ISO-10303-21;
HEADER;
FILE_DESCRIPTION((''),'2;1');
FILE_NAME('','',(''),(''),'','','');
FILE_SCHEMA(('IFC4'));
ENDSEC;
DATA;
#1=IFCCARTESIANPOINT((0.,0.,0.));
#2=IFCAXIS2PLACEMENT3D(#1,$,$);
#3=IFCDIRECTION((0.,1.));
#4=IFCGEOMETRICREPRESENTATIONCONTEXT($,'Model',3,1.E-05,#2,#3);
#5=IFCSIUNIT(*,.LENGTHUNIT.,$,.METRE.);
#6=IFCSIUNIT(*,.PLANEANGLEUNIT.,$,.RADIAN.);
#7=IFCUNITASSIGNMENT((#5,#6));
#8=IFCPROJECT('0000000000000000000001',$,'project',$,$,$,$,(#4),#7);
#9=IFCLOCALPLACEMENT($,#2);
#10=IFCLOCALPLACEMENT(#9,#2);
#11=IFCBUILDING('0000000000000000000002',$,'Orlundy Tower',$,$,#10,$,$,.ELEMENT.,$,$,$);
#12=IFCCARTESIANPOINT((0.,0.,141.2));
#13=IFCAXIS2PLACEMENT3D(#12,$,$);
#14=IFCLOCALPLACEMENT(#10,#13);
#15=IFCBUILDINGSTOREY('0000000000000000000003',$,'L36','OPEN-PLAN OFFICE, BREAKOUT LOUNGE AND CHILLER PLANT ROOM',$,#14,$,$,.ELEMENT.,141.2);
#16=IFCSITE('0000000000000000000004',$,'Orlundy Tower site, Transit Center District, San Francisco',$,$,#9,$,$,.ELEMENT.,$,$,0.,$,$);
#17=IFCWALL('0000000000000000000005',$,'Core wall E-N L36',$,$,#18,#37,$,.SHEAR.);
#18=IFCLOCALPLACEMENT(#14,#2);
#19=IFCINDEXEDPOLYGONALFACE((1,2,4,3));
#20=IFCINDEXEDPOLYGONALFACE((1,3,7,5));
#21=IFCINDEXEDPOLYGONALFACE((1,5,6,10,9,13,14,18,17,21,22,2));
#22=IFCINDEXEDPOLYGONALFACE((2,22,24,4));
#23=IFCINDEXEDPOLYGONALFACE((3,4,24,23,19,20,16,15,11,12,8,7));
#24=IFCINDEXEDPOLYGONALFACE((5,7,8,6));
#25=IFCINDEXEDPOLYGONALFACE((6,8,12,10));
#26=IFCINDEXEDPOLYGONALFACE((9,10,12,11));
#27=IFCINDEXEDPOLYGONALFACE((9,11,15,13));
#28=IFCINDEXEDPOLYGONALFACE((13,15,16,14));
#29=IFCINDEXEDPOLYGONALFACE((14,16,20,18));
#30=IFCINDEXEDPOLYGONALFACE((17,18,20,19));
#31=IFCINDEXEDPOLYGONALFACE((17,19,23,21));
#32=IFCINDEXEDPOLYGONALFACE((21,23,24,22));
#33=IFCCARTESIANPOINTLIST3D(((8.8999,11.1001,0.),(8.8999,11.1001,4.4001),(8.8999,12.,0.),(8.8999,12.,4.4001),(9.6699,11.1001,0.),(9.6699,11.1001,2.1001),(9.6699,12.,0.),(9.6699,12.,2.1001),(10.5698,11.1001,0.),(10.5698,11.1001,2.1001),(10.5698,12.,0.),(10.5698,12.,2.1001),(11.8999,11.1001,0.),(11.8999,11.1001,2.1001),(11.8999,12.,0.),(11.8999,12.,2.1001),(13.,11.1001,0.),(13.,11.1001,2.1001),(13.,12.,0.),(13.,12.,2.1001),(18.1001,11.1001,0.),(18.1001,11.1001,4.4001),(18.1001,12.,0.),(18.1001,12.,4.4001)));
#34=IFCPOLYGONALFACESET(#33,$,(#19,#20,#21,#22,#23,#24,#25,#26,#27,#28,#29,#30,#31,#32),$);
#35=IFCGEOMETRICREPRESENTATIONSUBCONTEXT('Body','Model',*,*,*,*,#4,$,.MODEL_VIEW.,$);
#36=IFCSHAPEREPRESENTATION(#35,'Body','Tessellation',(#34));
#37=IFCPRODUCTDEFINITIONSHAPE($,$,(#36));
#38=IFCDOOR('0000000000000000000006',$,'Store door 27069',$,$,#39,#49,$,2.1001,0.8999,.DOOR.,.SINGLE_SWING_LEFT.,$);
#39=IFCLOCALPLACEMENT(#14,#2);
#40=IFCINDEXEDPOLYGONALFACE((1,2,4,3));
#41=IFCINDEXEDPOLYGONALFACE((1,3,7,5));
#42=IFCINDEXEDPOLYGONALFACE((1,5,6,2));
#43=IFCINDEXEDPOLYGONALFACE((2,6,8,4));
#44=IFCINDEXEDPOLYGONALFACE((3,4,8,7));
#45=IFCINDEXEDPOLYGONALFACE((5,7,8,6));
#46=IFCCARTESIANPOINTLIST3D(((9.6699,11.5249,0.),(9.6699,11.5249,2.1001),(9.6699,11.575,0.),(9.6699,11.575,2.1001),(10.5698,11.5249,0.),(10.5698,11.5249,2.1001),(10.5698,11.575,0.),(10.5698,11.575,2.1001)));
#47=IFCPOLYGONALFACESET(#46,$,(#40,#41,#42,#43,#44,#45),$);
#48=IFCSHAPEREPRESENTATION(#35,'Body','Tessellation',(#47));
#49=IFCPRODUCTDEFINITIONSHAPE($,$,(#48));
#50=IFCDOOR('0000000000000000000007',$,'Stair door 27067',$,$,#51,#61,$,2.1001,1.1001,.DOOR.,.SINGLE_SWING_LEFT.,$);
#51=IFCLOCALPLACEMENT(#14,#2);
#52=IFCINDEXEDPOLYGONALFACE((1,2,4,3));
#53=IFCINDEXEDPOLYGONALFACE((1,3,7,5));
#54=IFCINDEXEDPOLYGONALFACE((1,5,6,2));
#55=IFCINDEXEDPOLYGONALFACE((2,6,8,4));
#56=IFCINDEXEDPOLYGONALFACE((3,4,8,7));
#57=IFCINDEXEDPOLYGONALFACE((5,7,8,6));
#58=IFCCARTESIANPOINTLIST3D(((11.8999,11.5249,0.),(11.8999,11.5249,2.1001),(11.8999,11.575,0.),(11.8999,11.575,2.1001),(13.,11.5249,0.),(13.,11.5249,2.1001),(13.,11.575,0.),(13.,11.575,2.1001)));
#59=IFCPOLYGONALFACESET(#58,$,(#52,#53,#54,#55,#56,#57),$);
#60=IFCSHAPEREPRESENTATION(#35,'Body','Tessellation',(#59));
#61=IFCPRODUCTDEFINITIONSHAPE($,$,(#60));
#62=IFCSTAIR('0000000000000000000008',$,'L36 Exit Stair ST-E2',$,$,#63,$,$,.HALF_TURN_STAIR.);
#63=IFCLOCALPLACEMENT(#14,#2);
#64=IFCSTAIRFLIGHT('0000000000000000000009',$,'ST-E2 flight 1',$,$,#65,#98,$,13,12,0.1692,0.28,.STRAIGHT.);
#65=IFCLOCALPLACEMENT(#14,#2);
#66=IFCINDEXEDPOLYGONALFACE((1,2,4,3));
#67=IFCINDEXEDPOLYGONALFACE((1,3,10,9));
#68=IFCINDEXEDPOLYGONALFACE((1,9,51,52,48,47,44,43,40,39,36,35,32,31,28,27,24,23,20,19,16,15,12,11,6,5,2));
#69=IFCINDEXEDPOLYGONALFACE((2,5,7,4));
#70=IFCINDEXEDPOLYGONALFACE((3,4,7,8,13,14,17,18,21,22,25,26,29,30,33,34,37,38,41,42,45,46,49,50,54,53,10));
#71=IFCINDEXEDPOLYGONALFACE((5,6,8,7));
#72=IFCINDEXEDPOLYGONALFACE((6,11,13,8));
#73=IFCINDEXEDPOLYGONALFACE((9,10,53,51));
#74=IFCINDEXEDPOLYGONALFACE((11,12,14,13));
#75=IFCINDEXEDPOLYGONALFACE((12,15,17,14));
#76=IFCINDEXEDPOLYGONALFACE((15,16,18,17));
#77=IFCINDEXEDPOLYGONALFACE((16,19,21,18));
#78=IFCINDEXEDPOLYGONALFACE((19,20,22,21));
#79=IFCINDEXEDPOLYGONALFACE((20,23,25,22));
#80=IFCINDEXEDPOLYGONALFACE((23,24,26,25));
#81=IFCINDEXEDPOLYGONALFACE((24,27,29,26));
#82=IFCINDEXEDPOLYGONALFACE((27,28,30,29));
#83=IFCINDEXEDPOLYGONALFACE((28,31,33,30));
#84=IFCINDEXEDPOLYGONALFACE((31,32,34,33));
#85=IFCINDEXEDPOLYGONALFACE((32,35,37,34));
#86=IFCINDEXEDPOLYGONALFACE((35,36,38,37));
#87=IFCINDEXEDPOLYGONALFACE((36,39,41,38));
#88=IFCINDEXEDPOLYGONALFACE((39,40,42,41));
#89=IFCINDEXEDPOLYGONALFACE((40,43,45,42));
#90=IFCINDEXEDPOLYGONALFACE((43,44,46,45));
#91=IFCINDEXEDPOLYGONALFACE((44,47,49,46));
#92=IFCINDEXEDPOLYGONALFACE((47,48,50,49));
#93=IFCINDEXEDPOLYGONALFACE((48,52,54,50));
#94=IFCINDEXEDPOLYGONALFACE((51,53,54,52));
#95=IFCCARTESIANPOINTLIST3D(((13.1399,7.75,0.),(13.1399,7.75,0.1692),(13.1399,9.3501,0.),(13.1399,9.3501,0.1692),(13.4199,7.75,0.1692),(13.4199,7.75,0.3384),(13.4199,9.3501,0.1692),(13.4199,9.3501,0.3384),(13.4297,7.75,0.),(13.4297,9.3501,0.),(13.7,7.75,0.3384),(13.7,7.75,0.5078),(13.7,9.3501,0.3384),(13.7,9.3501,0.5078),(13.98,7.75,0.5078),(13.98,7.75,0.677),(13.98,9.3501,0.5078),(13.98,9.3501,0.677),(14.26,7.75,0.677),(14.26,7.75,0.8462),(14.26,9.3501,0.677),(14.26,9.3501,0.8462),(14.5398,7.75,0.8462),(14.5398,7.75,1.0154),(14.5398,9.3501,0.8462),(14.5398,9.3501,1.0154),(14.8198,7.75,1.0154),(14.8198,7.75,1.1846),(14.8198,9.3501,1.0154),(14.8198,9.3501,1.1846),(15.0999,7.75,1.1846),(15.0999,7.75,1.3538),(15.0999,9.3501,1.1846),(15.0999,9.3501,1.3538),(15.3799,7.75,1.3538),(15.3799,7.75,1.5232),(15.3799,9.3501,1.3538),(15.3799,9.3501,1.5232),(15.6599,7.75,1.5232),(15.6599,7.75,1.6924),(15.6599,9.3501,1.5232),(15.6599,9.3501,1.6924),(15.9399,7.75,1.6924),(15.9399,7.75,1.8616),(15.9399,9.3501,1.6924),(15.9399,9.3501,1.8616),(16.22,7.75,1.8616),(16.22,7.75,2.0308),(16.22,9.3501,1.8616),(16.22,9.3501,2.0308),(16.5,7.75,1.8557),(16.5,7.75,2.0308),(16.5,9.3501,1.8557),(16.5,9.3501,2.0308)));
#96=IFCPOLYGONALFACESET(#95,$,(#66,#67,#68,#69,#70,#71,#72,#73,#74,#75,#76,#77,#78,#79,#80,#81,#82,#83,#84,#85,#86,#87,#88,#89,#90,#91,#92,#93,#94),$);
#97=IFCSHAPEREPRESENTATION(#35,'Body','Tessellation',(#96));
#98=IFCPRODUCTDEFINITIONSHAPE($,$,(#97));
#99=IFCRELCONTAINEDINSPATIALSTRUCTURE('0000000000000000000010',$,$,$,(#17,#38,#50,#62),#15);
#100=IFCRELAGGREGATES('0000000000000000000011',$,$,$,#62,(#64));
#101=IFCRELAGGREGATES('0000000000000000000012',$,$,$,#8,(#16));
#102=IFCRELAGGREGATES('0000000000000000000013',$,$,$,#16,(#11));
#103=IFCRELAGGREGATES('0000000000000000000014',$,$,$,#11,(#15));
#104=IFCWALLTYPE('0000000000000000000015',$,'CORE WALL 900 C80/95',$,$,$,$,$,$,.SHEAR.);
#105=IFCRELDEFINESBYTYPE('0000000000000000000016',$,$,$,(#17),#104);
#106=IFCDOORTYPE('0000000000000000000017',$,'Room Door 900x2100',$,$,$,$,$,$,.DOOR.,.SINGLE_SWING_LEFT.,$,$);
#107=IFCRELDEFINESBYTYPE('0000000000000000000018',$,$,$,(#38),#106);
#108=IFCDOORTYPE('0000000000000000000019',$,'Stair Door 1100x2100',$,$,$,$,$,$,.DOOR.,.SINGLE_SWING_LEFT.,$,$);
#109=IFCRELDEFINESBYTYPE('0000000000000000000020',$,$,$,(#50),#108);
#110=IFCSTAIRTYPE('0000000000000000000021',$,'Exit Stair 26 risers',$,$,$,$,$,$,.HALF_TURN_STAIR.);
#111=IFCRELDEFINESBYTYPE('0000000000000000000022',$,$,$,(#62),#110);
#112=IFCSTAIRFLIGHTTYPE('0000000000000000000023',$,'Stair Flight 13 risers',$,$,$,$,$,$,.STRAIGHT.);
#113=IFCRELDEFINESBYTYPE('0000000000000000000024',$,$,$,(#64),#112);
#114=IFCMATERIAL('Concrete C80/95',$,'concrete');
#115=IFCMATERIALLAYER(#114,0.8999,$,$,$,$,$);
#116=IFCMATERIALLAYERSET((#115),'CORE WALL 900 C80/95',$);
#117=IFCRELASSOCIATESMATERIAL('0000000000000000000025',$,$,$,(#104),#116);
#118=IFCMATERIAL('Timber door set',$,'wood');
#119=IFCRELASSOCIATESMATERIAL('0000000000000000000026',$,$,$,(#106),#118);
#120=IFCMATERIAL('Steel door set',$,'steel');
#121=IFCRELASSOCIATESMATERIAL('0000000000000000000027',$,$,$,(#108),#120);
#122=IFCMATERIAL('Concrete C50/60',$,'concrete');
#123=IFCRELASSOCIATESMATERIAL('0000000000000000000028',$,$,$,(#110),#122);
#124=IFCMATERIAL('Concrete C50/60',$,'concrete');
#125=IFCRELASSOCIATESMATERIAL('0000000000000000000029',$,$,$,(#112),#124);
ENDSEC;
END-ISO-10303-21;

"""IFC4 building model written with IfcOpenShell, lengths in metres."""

from ifc_helpers import new_model, si_unit, direction, frame, frame_2d, origin, place, context, subcontext, project, spatial, polyline, rectangle, outline, extrude, material, layer, layer_set, type_object, element, fill, aggregate, save


model = new_model("IFC4")

# Units and contexts
model_context = context("Model", 3, precision=1e-05, world=origin(), true_north=direction((0.0, 1.0)))
body_context = subcontext(model_context, "Body", "Model", "MODEL_VIEW")
ifc_project = project(units=[si_unit("LENGTHUNIT", "METRE"), si_unit("PLANEANGLEUNIT", "RADIAN")], contexts=[model_context])

# Site, building, storey
site_placement = place(None, origin())
site = spatial("IfcSite", under=ifc_project, at=site_placement, Name="Orlundy Tower site, Transit Center District, San Francisco", CompositionType="ELEMENT", RefElevation=0.0)
building_placement = place(site_placement, origin())
building = spatial("IfcBuilding", under=site, at=building_placement, Name="Orlundy Tower", CompositionType="ELEMENT")
storey_placement = place(building_placement, frame((0.0, 0.0, 141.2)))
storey = spatial("IfcBuildingStorey", under=building, at=storey_placement, Name="L36", Description="OPEN-PLAN OFFICE, BREAKOUT LOUNGE AND CHILLER PLANT ROOM", CompositionType="ELEMENT", Elevation=141.2)

# Wall, openings, doors
ifc_material_1 = material(Name="Concrete C80/95", Category="concrete")
ifc_layer_1 = layer(ifc_material_1, 0.8999)
ifc_layer_set_1 = layer_set([ifc_layer_1], Name="CORE WALL 900 C80/95")
wall_type = type_object("IfcWallType", Name="CORE WALL 900 C80/95", PredefinedType="SHEAR", material=ifc_layer_set_1)
wall_placement = place(storey_placement, frame((8.8999, 11.55, 0.0), z_axis=(0.0, 0.0, 1.0), x_axis=(1.0, 0.0, 0.0)))
wall = element("IfcWall", 1, at=wall_placement, inside=storey, type_object=wall_type, Name="Core wall E-N L36", PredefinedType="SHEAR", context=body_context, shape_type="SweptSolid", body=[
    extrude(rectangle(XDim=9.2002, YDim=0.8999, at=frame_2d((4.6001, 0.0))), origin(), (0.0, 0.0, 1.0), 4.4001),
])
opening_1_placement = place(wall_placement, frame((3.0, 0.0, 0.0)))
opening_1 = element("IfcOpeningElement", 2, at=opening_1_placement, cuts=wall, PredefinedType="OPENING", context=body_context, shape_type="SweptSolid", body=[
    extrude(rectangle(XDim=1.1001, YDim=2.1001, at=frame_2d((0.55, 1.05))), frame((0.0, 0.46, 0.0), z_axis=(0.0, -1.0, 0.0), x_axis=(1.0, 0.0, 0.0)), (0.0, 0.0, 1.0), 0.9199),
])
opening_2_placement = place(wall_placement, frame((0.77, 0.0, 0.0)))
opening_2 = element("IfcOpeningElement", 3, at=opening_2_placement, cuts=wall, PredefinedType="OPENING", context=body_context, shape_type="SweptSolid", body=[
    extrude(rectangle(XDim=0.8999, YDim=2.1001, at=frame_2d((0.45, 1.05))), frame((0.0, 0.46, 0.0), z_axis=(0.0, -1.0, 0.0), x_axis=(1.0, 0.0, 0.0)), (0.0, 0.0, 1.0), 0.9199),
])
ifc_material_2 = material(Name="Timber door set", Category="wood")
door_type_1 = type_object("IfcDoorType", Name="Room Door 900x2100", OperationType="SINGLE_SWING_LEFT", PredefinedType="DOOR", material=ifc_material_2)
door_1_placement = place(opening_2_placement, origin())
door_1 = element("IfcDoor", 4, at=door_1_placement, inside=storey, type_object=door_type_1, Name="Store door 27069", OperationType="SINGLE_SWING_LEFT", OverallHeight=2.1001, OverallWidth=0.8999, PredefinedType="DOOR", context=body_context, shape_type="SweptSolid", body=[
    extrude(rectangle(XDim=0.8999, YDim=2.1001, at=frame_2d((0.45, 1.05))), frame((0.0, 0.0249, 0.0), z_axis=(0.0, -1.0, 0.0), x_axis=(1.0, 0.0, 0.0)), (0.0, 0.0, 1.0), 0.05),
])
fill(opening_2, door_1)
ifc_material_3 = material(Name="Steel door set", Category="steel")
door_type_2 = type_object("IfcDoorType", Name="Stair Door 1100x2100", OperationType="SINGLE_SWING_LEFT", PredefinedType="DOOR", material=ifc_material_3)
door_2_placement = place(opening_1_placement, origin())
door_2 = element("IfcDoor", 5, at=door_2_placement, inside=storey, type_object=door_type_2, Name="Stair door 27067", OperationType="SINGLE_SWING_LEFT", OverallHeight=2.1001, OverallWidth=1.1001, PredefinedType="DOOR", context=body_context, shape_type="SweptSolid", body=[
    extrude(rectangle(XDim=1.1001, YDim=2.1001, at=frame_2d((0.55, 1.05))), frame((0.0, 0.0249, 0.0), z_axis=(0.0, -1.0, 0.0), x_axis=(1.0, 0.0, 0.0)), (0.0, 0.0, 1.0), 0.05),
])
fill(opening_1, door_2)

# Stair, stair flight
ifc_material_4 = material(Name="Concrete C50/60", Category="concrete")
stair_type = type_object("IfcStairType", Name="Exit Stair 26 risers", PredefinedType="HALF_TURN_STAIR", material=ifc_material_4)
stair_placement = place(storey_placement, origin())
stair = element("IfcStair", 6, at=stair_placement, inside=storey, type_object=stair_type, Name="L36 Exit Stair ST-E2", PredefinedType="HALF_TURN_STAIR")
ifc_material_5 = material(Name="Concrete C50/60", Category="concrete")
stair_flight_type = type_object("IfcStairFlightType", Name="Stair Flight 13 risers", PredefinedType="STRAIGHT", material=ifc_material_5)
stair_flight_placement = place(storey_placement, frame((13.1399, 8.55, 0.0), z_axis=(0.0, 0.0, 1.0), x_axis=(1.0, 0.0, 0.0)))
stair_flight = element("IfcStairFlight", 7, at=stair_flight_placement, type_object=stair_flight_type, Name="ST-E2 flight 1", NumberOfRisers=13, NumberOfTreads=12, PredefinedType="STRAIGHT", RiserHeight=0.1692, TreadLength=0.28, context=body_context, shape_type="SweptSolid", body=[
    extrude(outline(polyline([(0.0, 0.0), (0.0, 0.1692), (0.28, 0.1692), (0.28, 0.3384), (0.5601, 0.3384), (0.5601, 0.5078), (0.8401, 0.5078), (0.8401, 0.677), (1.1201, 0.677), (1.1201, 0.8462), (1.3999, 0.8462), (1.3999, 1.0154), (1.6799, 1.0154), (1.6799, 1.1846), (1.96, 1.1846), (1.96, 1.3538), (2.24, 1.3538), (2.24, 1.5232), (2.52, 1.5232), (2.52, 1.6924), (2.8, 1.6924), (2.8, 1.8616), (3.0801, 1.8616), (3.0801, 2.0308), (3.3601, 2.0308), (3.3601, 2.2), (3.3601, 1.8557), (0.2898, 0.0), (0.0, 0.0)])), frame((0.0, 0.8, 0.0), z_axis=(0.0, -1.0, 0.0), x_axis=(1.0, 0.0, 0.0)), (0.0, 0.0, 1.0), 1.6001),
])
aggregate(stair, [stair_flight])

save(model, "model.ifc")
